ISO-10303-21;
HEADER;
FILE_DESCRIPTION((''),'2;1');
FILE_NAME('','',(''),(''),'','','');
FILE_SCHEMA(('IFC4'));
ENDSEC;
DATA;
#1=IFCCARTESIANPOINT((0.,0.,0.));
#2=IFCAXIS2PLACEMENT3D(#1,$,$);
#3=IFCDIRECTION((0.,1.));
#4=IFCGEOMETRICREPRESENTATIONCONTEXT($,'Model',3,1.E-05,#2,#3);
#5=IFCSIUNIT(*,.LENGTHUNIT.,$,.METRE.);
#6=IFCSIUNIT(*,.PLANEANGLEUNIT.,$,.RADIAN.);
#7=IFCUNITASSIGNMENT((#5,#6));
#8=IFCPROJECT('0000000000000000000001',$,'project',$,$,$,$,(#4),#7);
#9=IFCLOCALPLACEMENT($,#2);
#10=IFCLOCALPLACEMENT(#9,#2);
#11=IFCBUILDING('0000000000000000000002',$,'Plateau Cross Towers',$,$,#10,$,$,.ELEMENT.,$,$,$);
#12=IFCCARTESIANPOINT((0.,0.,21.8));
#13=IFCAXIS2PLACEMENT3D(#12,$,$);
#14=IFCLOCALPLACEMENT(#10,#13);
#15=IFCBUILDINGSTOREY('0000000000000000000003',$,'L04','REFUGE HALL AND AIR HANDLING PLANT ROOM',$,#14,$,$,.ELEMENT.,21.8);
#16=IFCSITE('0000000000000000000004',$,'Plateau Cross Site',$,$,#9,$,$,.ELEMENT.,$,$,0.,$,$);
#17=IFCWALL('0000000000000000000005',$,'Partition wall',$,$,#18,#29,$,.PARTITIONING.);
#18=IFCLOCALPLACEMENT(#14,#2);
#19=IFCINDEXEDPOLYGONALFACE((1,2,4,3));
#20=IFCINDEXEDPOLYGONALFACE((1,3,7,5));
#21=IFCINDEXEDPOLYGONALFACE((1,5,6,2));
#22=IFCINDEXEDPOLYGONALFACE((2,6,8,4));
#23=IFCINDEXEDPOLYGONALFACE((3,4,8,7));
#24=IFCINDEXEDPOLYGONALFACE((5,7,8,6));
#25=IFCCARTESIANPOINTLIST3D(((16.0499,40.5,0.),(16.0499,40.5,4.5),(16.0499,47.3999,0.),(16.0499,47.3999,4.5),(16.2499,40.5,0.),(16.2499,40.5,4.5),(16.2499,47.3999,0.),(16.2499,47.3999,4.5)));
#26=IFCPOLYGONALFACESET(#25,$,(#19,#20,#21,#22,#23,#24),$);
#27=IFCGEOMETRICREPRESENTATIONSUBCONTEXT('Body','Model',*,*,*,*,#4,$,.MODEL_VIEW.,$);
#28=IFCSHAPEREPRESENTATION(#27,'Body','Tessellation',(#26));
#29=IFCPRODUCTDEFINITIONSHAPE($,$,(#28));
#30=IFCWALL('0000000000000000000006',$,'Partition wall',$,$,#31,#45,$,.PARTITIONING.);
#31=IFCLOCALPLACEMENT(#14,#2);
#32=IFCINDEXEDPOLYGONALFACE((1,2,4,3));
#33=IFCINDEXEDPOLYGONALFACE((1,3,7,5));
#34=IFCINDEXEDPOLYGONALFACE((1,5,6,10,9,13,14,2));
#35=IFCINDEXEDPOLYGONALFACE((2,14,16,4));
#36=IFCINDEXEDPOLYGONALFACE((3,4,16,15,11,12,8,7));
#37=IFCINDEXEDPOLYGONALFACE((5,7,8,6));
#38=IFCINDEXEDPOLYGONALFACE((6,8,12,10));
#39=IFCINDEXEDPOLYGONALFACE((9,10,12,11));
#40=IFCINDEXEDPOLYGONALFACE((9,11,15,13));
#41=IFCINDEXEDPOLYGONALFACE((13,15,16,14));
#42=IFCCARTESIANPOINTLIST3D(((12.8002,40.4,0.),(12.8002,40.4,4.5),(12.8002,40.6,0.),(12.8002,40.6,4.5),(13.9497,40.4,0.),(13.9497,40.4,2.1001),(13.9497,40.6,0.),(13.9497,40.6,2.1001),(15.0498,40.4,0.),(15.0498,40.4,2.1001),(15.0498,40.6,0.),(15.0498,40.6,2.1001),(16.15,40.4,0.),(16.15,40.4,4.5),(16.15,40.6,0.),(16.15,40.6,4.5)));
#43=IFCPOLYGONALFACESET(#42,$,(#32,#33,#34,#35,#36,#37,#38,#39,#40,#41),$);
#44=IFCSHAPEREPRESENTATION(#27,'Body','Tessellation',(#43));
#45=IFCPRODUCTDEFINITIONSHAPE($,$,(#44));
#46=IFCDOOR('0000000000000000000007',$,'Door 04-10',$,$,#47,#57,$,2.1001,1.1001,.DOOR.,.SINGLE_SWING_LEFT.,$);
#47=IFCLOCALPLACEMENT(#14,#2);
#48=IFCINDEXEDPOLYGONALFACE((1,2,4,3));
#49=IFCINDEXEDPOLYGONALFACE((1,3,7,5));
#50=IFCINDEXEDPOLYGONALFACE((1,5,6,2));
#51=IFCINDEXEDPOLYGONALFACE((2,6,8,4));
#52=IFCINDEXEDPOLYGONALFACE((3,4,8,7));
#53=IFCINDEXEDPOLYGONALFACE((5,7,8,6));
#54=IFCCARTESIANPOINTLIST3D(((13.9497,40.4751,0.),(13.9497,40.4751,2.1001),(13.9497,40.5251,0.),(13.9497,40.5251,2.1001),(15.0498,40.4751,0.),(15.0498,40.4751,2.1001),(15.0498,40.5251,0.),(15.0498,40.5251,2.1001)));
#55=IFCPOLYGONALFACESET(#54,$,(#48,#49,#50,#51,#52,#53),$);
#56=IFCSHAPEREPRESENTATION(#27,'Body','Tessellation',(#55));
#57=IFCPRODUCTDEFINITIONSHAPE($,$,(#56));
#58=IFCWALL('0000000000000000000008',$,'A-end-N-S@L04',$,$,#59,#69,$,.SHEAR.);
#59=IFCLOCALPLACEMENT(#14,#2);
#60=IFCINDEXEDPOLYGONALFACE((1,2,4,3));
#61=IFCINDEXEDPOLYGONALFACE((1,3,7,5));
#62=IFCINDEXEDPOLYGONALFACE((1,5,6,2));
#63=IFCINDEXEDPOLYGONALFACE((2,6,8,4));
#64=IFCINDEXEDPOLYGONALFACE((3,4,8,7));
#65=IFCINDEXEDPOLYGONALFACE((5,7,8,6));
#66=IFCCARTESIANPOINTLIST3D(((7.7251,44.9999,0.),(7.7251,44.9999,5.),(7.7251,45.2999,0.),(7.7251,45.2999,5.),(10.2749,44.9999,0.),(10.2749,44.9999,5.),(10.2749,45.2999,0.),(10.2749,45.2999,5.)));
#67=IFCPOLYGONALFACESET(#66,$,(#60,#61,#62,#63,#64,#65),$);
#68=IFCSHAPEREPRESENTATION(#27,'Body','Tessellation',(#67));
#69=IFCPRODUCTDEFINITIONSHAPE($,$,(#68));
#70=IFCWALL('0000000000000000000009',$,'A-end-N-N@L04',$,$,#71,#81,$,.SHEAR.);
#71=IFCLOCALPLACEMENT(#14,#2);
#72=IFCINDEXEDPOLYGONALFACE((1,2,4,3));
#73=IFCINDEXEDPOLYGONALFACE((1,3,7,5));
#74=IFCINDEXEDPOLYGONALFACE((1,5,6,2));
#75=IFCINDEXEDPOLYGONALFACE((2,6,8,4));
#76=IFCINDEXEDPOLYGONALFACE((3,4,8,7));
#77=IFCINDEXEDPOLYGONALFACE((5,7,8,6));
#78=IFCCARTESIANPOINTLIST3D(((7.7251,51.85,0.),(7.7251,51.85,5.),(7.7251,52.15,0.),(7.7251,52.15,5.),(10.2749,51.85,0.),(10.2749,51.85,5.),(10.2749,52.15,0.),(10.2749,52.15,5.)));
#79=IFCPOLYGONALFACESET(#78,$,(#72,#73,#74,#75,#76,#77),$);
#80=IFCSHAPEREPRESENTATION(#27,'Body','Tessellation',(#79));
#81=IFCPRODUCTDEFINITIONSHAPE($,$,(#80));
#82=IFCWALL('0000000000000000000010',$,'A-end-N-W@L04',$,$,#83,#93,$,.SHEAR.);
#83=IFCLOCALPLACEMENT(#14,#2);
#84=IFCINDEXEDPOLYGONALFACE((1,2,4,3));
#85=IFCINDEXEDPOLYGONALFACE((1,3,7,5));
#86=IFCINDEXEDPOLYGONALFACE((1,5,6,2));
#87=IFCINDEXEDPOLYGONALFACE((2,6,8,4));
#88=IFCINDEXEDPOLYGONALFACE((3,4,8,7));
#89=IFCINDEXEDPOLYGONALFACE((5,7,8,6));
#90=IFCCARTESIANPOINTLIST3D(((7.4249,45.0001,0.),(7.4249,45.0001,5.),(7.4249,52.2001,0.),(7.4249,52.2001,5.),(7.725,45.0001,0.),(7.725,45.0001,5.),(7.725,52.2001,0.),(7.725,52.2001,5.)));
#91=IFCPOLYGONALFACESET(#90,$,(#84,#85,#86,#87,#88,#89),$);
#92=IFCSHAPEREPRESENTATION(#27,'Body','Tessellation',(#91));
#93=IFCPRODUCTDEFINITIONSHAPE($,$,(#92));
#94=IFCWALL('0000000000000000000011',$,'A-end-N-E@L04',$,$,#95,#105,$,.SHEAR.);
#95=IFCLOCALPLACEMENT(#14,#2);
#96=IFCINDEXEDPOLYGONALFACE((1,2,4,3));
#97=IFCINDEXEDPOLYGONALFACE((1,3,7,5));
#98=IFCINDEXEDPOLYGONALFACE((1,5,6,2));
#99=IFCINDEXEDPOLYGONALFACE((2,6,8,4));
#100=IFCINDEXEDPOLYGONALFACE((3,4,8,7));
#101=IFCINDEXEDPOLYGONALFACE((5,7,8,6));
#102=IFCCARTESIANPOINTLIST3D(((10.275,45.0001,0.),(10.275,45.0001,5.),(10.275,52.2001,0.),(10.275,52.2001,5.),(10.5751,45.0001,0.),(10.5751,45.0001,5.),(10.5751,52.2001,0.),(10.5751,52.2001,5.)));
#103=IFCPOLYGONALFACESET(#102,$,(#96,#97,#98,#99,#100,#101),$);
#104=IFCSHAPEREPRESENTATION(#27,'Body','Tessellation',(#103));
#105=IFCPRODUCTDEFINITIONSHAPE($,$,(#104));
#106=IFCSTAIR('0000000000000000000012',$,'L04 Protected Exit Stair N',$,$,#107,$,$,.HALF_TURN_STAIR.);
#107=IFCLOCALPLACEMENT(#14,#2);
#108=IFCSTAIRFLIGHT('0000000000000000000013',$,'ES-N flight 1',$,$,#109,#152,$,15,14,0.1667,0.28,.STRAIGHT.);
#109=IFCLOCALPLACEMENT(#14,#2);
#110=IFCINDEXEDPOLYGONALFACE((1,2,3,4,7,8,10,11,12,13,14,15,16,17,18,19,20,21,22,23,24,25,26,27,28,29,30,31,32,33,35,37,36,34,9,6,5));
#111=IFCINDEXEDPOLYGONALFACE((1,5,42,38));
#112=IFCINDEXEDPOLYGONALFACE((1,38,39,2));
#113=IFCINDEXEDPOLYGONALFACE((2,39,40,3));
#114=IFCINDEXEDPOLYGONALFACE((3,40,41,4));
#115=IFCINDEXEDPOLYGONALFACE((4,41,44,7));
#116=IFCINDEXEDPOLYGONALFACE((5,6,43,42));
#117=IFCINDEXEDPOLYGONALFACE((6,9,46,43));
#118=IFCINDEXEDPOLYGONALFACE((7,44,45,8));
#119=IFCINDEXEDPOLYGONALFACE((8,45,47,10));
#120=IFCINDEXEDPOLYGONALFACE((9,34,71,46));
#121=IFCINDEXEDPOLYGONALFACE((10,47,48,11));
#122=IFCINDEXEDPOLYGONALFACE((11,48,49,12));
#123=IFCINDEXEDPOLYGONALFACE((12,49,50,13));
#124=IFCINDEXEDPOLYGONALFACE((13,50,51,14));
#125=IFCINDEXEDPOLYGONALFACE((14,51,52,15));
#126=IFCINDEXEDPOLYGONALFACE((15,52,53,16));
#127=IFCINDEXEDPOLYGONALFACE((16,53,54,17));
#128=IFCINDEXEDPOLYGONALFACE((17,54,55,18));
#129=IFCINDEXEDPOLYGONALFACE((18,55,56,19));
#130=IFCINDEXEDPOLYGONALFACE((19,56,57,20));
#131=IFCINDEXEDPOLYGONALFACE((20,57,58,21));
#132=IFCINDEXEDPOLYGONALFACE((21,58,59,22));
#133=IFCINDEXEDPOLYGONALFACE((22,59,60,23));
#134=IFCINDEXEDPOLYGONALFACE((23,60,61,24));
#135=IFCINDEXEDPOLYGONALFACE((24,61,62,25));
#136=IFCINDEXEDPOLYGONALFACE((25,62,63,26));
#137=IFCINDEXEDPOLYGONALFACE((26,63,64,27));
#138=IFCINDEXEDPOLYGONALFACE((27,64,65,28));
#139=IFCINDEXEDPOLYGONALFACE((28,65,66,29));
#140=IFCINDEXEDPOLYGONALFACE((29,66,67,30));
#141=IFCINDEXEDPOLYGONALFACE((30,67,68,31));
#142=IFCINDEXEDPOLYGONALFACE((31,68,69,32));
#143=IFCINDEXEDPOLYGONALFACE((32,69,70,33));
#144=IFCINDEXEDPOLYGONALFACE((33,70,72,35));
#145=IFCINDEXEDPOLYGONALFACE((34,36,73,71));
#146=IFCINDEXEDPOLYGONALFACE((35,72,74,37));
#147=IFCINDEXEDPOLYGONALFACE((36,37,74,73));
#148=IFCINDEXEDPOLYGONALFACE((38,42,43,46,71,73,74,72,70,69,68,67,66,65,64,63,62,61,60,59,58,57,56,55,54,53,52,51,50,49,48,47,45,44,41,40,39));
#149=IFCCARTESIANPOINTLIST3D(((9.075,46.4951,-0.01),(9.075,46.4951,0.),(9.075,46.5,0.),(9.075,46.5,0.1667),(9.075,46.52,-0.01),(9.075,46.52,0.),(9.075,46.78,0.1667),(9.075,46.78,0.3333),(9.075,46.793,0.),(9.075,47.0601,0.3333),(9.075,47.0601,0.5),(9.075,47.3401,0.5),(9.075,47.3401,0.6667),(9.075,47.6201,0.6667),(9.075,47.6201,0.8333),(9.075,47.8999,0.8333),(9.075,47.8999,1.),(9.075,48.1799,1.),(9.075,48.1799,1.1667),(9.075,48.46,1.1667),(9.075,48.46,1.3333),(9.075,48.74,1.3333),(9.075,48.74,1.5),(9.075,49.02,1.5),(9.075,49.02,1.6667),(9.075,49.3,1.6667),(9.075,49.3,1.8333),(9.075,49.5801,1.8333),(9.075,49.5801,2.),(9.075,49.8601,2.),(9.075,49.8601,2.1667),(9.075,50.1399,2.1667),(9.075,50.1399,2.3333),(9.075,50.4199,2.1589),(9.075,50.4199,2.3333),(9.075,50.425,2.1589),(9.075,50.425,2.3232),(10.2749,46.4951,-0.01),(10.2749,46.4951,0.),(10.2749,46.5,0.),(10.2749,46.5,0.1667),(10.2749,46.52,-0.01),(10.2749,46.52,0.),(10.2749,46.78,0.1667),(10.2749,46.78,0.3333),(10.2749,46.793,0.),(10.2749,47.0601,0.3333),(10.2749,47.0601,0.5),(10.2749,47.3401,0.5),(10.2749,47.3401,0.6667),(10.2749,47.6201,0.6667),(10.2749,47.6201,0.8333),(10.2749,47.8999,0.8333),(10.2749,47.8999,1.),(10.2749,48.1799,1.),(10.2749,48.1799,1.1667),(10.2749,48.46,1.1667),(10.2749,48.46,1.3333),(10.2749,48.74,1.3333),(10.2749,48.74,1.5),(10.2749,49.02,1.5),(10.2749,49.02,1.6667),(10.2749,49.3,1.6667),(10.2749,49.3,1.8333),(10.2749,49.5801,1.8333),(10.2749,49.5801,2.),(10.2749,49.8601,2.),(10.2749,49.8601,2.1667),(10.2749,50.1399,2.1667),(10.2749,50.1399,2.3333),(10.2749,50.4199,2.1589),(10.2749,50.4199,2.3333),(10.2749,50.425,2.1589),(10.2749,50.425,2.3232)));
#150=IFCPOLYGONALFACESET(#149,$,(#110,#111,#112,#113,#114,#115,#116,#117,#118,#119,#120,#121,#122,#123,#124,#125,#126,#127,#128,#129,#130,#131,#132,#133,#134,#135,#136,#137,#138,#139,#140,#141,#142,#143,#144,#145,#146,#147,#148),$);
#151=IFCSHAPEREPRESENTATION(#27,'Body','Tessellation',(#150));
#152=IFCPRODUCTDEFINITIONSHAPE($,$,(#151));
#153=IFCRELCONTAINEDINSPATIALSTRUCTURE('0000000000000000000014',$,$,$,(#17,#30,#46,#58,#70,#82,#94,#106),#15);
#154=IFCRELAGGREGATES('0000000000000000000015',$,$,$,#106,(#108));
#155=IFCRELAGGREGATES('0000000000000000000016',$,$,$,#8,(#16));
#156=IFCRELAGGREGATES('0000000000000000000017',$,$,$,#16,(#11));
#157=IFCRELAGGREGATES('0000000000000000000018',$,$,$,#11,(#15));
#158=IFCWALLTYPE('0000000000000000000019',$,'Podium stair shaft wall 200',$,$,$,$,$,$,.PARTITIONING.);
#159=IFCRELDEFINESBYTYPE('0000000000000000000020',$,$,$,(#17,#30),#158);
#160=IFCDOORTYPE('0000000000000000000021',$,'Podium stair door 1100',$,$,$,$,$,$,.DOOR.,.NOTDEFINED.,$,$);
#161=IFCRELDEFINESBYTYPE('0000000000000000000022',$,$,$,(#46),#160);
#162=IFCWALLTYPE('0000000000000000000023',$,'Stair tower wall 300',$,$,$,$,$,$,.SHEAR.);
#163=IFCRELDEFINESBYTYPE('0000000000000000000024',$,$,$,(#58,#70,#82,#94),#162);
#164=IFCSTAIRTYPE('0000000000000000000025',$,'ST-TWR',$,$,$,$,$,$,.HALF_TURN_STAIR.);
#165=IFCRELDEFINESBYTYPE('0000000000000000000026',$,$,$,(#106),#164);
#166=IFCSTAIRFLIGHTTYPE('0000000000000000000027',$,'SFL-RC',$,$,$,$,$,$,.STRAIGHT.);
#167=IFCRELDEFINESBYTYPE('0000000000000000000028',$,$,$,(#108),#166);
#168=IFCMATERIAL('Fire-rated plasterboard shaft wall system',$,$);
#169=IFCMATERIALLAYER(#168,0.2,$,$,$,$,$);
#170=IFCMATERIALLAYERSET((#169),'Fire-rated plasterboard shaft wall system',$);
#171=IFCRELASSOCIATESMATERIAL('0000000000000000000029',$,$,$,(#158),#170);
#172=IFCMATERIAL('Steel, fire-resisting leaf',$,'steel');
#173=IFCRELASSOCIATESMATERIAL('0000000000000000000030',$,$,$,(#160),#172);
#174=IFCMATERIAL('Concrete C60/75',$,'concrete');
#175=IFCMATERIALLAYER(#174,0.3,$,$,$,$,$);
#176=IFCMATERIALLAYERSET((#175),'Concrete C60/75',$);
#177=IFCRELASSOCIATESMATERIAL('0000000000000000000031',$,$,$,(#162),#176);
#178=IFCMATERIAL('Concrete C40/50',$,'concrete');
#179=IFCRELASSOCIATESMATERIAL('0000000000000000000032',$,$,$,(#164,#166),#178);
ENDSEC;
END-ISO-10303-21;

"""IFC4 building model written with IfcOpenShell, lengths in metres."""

from ifc_helpers import new_model, si_unit, direction, frame, frame_2d, origin, place, context, subcontext, project, spatial, polyline, rectangle, outline, extrude, material, layer, layer_set, type_object, element, fill, aggregate, save


model = new_model("IFC4")

# Units and contexts
model_context = context("Model", 3, precision=1e-05, world=origin(), true_north=direction((0.0, 1.0)))
body_context = subcontext(model_context, "Body", "Model", "MODEL_VIEW")
ifc_project = project(units=[si_unit("LENGTHUNIT", "METRE"), si_unit("PLANEANGLEUNIT", "RADIAN")], contexts=[model_context])

# Site, building, storey
site_placement = place(None, origin())
site = spatial("IfcSite", under=ifc_project, at=site_placement, Name="Plateau Cross Site", CompositionType="ELEMENT", RefElevation=0.0)
building_placement = place(site_placement, origin())
building = spatial("IfcBuilding", under=site, at=building_placement, Name="Plateau Cross Towers", CompositionType="ELEMENT")
storey_placement = place(building_placement, frame((0.0, 0.0, 21.8)))
storey = spatial("IfcBuildingStorey", under=building, at=storey_placement, Name="L04", Description="REFUGE HALL AND AIR HANDLING PLANT ROOM", CompositionType="ELEMENT", Elevation=21.8)

# Shared definitions
ifc_material_1 = material(Name="Concrete C60/75", Category="concrete")

# Wall
ifc_material_2 = material(Name="Fire-rated plasterboard shaft wall system")
ifc_layer_1 = layer(ifc_material_2, 0.2)
ifc_layer_set_1 = layer_set([ifc_layer_1], Name="Fire-rated plasterboard shaft wall system")
wall_type_1 = type_object("IfcWallType", Name="Podium stair shaft wall 200", PredefinedType="PARTITIONING", material=ifc_layer_set_1)
wall_1_placement = place(storey_placement, frame((16.1499, 47.3999, 0.0), z_axis=(0.0, 0.0, 1.0), x_axis=(0.0, -1.0, 0.0)))
element("IfcWall", 1, at=wall_1_placement, inside=storey, type_object=wall_type_1, Name="Partition wall", PredefinedType="PARTITIONING", context=body_context, shape_type="SweptSolid", body=[
    extrude(rectangle(XDim=6.8999, YDim=0.2, at=frame_2d((3.45, 0.0))), origin(), (0.0, 0.0, 1.0), 4.5),
])

# Wall, opening, door
wall_2_placement = place(storey_placement, frame((16.1499, 40.5, 0.0), z_axis=(0.0, 0.0, 1.0), x_axis=(-1.0, 0.0, 0.0)))
wall_2 = element("IfcWall", 2, at=wall_2_placement, inside=storey, type_object=wall_type_1, Name="Partition wall", PredefinedType="PARTITIONING", context=body_context, shape_type="SweptSolid", body=[
    extrude(rectangle(XDim=3.3499, YDim=0.2, at=frame_2d((1.6748, 0.0))), origin(), (0.0, 0.0, 1.0), 4.5),
])
opening_1_placement = place(wall_2_placement, frame((1.1001, 0.0, 0.0)))
opening_1 = element("IfcOpeningElement", 3, at=opening_1_placement, cuts=wall_2, PredefinedType="OPENING", context=body_context, shape_type="SweptSolid", body=[
    extrude(rectangle(XDim=1.1001, YDim=2.1001, at=frame_2d((0.55, 1.05))), frame((0.0, 0.1099, 0.0), z_axis=(0.0, -1.0, 0.0), x_axis=(1.0, 0.0, 0.0)), (0.0, 0.0, 1.0), 0.22),
])
ifc_material_3 = material(Name="Steel, fire-resisting leaf", Category="steel")
door_type_1 = type_object("IfcDoorType", Name="Podium stair door 1100", OperationType="NOTDEFINED", PredefinedType="DOOR", material=ifc_material_3)
door_1_placement = place(opening_1_placement, origin())
door_1 = element("IfcDoor", 4, at=door_1_placement, inside=storey, type_object=door_type_1, Name="Door 04-10", OperationType="SINGLE_SWING_LEFT", OverallHeight=2.1001, OverallWidth=1.1001, PredefinedType="DOOR", context=body_context, shape_type="SweptSolid", body=[
    extrude(rectangle(XDim=1.1001, YDim=2.1001, at=frame_2d((0.55, 1.05))), frame((0.0, 0.0249, 0.0), z_axis=(0.0, -1.0, 0.0), x_axis=(1.0, 0.0, 0.0)), (0.0, 0.0, 1.0), 0.05),
])
fill(opening_1, door_1)

# Walls
ifc_layer_2 = layer(ifc_material_1, 0.3)
ifc_layer_set_2 = layer_set([ifc_layer_2], Name="Concrete C60/75")
wall_type_2 = type_object("IfcWallType", Name="Stair tower wall 300", PredefinedType="SHEAR", material=ifc_layer_set_2)
for number, where, z_axis, x_axis, name in (
    (5, (7.7251, 45.1499, 0.0), (0.0, 0.0, 1.0), (1.0, 0.0, 0.0), "A-end-N-S@L04"),
    (6, (7.7251, 52.0, 0.0), (0.0, 0.0, 1.0), (1.0, 0.0, 0.0), "A-end-N-N@L04"),
):
    element("IfcWall", number, at=place(storey_placement, frame(where, z_axis=z_axis, x_axis=x_axis)), inside=storey, type_object=wall_type_2, Name=name, PredefinedType="SHEAR", context=body_context, shape_type="SweptSolid", body=[
        extrude(rectangle(XDim=2.5498, YDim=0.3, at=frame_2d((1.2749, 0.0))), origin(), (0.0, 0.0, 1.0), 5.0),
    ])
for number, where, z_axis, x_axis, name in (
    (7, (7.575, 45.0, 0.0), (0.0, 0.0, 1.0), (0.0, 1.0, 0.0), "A-end-N-W@L04"),
    (8, (10.425, 45.0, 0.0), (0.0, 0.0, 1.0), (0.0, 1.0, 0.0), "A-end-N-E@L04"),
):
    element("IfcWall", number, at=place(storey_placement, frame(where, z_axis=z_axis, x_axis=x_axis)), inside=storey, type_object=wall_type_2, Name=name, PredefinedType="SHEAR", context=body_context, shape_type="SweptSolid", body=[
        extrude(rectangle(XDim=7.2, YDim=0.3, at=frame_2d((3.6001, 0.0))), origin(), (0.0, 0.0, 1.0), 5.0),
    ])

# Stair, stair flight
ifc_material_4 = material(Name="Concrete C40/50", Category="concrete")
stair_type = type_object("IfcStairType", Name="ST-TWR", PredefinedType="HALF_TURN_STAIR", material=ifc_material_4)
stair_placement = place(storey_placement, origin())
stair = element("IfcStair", 9, at=stair_placement, inside=storey, type_object=stair_type, Name="L04 Protected Exit Stair N", PredefinedType="HALF_TURN_STAIR")
stair_flight_type = type_object("IfcStairFlightType", Name="SFL-RC", PredefinedType="STRAIGHT", material=ifc_material_4)
stair_flight_1_placement = place(storey_placement, frame((9.675, 46.5, 0.0), z_axis=(0.0, 0.0, 1.0), x_axis=(0.0, 1.0, 0.0)))
stair_flight_1 = element("IfcStairFlight", 10, at=stair_flight_1_placement, type_object=stair_flight_type, Name="ES-N flight 1", NumberOfRisers=15, NumberOfTreads=14, PredefinedType="STRAIGHT", RiserHeight=0.1667, TreadLength=0.28, context=body_context, shape_type="SweptSolid", body=[
    extrude(outline(polyline([(-0.0049, -0.01), (-0.0049, 0.0), (0.0, 0.0), (0.0, 0.1667), (0.28, 0.1667), (0.28, 0.3333), (0.5601, 0.3333), (0.5601, 0.5), (0.8401, 0.5), (0.8401, 0.6667), (1.1201, 0.6667), (1.1201, 0.8333), (1.3999, 0.8333), (1.3999, 1.0), (1.6799, 1.0), (1.6799, 1.1667), (1.96, 1.1667), (1.96, 1.3333), (2.24, 1.3333), (2.24, 1.5), (2.52, 1.5), (2.52, 1.6667), (2.8, 1.6667), (2.8, 1.8333), (3.0801, 1.8333), (3.0801, 2.0), (3.3601, 2.0), (3.3601, 2.1667), (3.6399, 2.1667), (3.6399, 2.3333), (3.9199, 2.3333), (3.925, 2.3232), (3.925, 2.1589), (3.9199, 2.1589), (0.293, 0.0), (0.02, 0.0), (0.02, -0.01), (-0.0049, -0.01)])), frame((0.0, 0.6001, 0.0), z_axis=(0.0, -1.0, 0.0), x_axis=(1.0, 0.0, 0.0)), (0.0, 0.0, 1.0), 1.2),
])
aggregate(stair, [stair_flight_1])

save(model, "model.ifc")
